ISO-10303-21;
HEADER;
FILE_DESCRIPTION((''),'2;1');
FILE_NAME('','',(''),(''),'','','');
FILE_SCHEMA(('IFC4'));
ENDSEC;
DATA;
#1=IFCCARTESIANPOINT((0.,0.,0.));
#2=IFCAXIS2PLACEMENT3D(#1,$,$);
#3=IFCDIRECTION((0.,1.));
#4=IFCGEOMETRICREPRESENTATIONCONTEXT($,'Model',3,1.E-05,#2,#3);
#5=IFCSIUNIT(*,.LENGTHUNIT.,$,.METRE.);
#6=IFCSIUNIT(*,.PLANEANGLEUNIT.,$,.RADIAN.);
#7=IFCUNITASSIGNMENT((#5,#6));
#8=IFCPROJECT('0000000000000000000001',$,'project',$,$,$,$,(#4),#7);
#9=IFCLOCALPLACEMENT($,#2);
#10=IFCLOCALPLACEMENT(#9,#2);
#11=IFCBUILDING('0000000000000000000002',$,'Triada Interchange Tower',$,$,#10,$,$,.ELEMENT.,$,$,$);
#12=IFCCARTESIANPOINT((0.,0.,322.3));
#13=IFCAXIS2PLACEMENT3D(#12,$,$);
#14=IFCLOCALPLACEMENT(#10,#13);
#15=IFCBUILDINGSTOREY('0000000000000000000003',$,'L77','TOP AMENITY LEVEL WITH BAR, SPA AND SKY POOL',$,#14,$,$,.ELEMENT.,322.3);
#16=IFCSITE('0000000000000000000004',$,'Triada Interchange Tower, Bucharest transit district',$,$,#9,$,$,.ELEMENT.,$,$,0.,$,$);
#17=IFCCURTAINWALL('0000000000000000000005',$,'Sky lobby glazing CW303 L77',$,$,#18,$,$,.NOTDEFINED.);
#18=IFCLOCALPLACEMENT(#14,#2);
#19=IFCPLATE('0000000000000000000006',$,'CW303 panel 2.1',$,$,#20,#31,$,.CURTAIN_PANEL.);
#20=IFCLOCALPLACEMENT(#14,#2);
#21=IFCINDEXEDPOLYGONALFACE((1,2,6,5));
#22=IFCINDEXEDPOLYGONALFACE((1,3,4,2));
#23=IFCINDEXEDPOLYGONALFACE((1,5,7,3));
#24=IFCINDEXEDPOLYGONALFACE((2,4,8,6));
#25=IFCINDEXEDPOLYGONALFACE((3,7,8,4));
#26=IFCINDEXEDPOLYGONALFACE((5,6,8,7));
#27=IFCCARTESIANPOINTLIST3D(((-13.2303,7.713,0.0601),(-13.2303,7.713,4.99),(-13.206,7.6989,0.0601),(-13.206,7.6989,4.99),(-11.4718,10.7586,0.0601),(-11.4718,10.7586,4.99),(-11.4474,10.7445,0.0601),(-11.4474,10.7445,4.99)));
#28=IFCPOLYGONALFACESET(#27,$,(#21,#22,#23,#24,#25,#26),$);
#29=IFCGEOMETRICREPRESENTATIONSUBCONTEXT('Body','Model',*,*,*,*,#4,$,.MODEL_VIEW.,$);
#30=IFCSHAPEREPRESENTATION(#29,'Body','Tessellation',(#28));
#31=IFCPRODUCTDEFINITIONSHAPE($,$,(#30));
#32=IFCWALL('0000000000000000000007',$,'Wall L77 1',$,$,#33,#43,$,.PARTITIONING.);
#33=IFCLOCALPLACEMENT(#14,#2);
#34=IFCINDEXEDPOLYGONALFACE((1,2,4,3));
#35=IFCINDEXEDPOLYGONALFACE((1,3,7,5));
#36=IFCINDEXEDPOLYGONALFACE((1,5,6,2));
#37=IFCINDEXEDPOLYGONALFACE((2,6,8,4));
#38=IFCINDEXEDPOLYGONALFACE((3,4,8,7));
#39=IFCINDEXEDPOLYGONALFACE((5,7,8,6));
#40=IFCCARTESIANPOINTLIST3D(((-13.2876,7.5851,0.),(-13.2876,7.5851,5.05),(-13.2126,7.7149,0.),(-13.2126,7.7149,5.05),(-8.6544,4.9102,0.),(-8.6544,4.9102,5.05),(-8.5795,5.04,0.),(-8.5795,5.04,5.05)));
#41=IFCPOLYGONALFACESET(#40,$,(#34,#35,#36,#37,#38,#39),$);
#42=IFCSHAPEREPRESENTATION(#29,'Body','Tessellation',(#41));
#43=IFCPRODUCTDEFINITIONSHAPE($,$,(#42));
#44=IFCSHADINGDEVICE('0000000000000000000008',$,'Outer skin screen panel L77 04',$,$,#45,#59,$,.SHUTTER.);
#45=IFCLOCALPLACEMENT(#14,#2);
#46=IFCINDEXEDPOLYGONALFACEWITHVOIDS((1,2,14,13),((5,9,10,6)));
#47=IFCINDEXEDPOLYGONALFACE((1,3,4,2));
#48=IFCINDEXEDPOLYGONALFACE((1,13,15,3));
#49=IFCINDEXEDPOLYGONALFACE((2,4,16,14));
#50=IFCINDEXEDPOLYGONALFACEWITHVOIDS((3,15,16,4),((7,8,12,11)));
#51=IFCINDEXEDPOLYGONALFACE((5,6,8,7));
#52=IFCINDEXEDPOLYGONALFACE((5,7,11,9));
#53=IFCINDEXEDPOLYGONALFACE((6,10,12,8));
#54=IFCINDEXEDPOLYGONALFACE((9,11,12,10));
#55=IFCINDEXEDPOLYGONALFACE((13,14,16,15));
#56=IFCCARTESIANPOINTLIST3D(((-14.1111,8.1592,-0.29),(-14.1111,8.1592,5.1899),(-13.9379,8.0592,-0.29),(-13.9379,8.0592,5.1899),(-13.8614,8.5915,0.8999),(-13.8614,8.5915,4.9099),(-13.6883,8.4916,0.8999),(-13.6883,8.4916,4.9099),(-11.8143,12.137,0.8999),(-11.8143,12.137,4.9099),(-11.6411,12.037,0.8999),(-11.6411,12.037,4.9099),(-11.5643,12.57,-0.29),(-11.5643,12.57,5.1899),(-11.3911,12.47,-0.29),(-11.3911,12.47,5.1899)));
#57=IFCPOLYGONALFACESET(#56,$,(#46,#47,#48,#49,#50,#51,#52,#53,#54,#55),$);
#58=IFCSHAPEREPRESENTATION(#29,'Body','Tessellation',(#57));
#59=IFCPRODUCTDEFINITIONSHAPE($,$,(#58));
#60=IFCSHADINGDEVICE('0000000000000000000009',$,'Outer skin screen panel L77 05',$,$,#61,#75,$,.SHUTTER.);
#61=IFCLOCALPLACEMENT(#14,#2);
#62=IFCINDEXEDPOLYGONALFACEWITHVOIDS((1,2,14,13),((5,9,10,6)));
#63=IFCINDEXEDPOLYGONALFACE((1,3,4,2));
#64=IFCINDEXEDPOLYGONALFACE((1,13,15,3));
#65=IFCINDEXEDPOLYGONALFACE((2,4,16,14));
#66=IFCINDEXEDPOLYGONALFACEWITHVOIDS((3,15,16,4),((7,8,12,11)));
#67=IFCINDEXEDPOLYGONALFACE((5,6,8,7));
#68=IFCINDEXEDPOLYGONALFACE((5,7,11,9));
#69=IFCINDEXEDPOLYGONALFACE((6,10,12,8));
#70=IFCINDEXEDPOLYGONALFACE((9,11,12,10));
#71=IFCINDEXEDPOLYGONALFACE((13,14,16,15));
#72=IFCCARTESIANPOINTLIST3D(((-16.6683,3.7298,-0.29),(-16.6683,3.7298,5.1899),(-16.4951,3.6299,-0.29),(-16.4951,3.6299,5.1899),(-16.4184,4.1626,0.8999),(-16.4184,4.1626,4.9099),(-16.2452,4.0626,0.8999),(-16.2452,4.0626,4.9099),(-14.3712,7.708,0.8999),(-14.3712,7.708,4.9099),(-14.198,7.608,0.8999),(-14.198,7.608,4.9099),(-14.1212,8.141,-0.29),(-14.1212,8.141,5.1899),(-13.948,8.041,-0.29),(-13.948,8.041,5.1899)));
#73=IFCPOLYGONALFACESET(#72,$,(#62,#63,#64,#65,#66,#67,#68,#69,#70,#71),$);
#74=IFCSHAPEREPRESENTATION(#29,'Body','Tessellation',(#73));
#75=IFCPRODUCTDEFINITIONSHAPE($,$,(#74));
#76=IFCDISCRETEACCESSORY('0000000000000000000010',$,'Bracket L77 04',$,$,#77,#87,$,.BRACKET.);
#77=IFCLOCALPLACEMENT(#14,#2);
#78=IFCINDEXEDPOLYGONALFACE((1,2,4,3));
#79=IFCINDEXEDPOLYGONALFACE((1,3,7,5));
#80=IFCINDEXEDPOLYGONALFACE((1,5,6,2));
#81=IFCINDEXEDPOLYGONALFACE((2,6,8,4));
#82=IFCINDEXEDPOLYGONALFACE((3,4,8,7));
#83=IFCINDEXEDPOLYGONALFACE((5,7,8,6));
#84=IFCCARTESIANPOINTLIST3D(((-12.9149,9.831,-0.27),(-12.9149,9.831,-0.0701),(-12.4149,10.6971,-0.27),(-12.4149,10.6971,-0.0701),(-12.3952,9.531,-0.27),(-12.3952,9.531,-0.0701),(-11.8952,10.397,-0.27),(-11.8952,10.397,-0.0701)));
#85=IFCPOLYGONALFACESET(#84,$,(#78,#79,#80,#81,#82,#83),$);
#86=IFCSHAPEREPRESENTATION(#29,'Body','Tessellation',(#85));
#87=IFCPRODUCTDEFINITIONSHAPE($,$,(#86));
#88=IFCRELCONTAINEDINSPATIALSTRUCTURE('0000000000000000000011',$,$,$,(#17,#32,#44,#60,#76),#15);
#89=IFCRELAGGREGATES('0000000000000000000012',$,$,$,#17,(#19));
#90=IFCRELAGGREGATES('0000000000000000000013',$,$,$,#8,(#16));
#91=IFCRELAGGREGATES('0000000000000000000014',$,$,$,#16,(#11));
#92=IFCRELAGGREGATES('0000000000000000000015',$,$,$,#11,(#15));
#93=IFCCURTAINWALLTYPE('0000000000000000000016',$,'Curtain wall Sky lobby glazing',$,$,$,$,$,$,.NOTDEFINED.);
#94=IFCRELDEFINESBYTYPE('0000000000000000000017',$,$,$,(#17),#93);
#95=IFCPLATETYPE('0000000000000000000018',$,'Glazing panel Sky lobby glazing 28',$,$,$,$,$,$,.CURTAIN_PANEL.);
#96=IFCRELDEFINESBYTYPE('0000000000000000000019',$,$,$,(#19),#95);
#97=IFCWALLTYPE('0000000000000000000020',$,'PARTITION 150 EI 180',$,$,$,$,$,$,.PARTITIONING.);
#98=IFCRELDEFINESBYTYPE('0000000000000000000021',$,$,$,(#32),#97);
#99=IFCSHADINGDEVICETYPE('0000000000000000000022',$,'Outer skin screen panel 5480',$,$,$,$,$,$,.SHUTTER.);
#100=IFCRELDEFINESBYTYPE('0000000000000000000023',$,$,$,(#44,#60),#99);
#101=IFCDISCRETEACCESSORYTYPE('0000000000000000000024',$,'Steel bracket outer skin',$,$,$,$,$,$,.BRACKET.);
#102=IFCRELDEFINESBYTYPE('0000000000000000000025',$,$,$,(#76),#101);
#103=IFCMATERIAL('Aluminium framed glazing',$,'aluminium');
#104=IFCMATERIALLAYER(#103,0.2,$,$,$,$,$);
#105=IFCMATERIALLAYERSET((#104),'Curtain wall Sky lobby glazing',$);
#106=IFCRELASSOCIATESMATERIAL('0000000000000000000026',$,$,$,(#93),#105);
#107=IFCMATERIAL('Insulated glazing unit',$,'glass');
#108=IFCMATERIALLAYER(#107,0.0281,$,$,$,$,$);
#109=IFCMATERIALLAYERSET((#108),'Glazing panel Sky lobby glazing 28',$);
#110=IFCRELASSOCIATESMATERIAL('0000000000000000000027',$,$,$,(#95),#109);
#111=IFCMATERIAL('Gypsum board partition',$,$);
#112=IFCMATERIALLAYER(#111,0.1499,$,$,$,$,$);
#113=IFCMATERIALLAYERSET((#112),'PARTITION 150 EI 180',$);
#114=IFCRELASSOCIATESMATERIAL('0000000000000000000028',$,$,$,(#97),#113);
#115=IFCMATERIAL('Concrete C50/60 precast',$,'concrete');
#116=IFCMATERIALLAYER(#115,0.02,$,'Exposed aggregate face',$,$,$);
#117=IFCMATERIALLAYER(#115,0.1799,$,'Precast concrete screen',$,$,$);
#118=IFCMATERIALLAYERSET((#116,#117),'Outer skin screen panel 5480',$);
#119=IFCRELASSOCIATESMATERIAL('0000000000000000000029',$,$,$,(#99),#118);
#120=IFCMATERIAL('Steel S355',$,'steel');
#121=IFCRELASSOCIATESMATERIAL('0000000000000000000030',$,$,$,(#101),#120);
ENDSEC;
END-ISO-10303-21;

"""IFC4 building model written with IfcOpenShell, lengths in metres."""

from ifc_helpers import new_model, si_unit, direction, frame, frame_2d, origin, origin_2d, place, context, subcontext, project, spatial, polyline, rectangle, outline, extrude, material, layer, layer_set, type_object, element, aggregate, save


model = new_model("IFC4")

# Units and contexts
model_context = context("Model", 3, precision=1e-05, world=origin(), true_north=direction((0.0, 1.0)))
body_context = subcontext(model_context, "Body", "Model", "MODEL_VIEW")
ifc_project = project(units=[si_unit("LENGTHUNIT", "METRE"), si_unit("PLANEANGLEUNIT", "RADIAN")], contexts=[model_context])

# Site, building, storey
site_placement = place(None, origin())
site = spatial("IfcSite", under=ifc_project, at=site_placement, Name="Triada Interchange Tower, Bucharest transit district", CompositionType="ELEMENT", RefElevation=0.0)
building_placement = place(site_placement, origin())
building = spatial("IfcBuilding", under=site, at=building_placement, Name="Triada Interchange Tower", CompositionType="ELEMENT")
storey_placement = place(building_placement, frame((0.0, 0.0, 322.3)))
storey = spatial("IfcBuildingStorey", under=building, at=storey_placement, Name="L77", Description="TOP AMENITY LEVEL WITH BAR, SPA AND SKY POOL", CompositionType="ELEMENT", Elevation=322.3)

# Curtain wall
ifc_material_1 = material(Name="Aluminium framed glazing", Category="aluminium")
ifc_layer_1 = layer(ifc_material_1, 0.2)
ifc_layer_set_1 = layer_set([ifc_layer_1], Name="Curtain wall Sky lobby glazing")
curtain_wall_type = type_object("IfcCurtainWallType", Name="Curtain wall Sky lobby glazing", PredefinedType="NOTDEFINED", material=ifc_layer_set_1)
curtain_wall_1_placement = place(storey_placement, origin())
curtain_wall_1 = element("IfcCurtainWall", 1, at=curtain_wall_1_placement, inside=storey, type_object=curtain_wall_type, Name="Sky lobby glazing CW303 L77", PredefinedType="NOTDEFINED")

# Plate
ifc_material_2 = material(Name="Insulated glazing unit", Category="glass")
ifc_layer_2 = layer(ifc_material_2, 0.0281)
ifc_layer_set_2 = layer_set([ifc_layer_2], Name="Glazing panel Sky lobby glazing 28")
plate_type = type_object("IfcPlateType", Name="Glazing panel Sky lobby glazing 28", PredefinedType="CURTAIN_PANEL", material=ifc_layer_set_2)
plate_1_placement = place(storey_placement, frame((-12.3389, 9.2288, 0.0601), z_axis=(0.0, 0.0, 1.0), x_axis=(-0.50003, -0.866008, 0.0)))
plate_1 = element("IfcPlate", 2, at=plate_1_placement, type_object=plate_type, Name="CW303 panel 2.1", PredefinedType="CURTAIN_PANEL", context=body_context, shape_type="SweptSolid", body=[
    extrude(rectangle(XDim=3.5168, YDim=0.0281, at=origin_2d()), origin(), (0.0, 0.0, 1.0), 4.9299),
])
aggregate(curtain_wall_1, [plate_1])

# Wall
ifc_material_3 = material(Name="Gypsum board partition")
ifc_layer_3 = layer(ifc_material_3, 0.1499)
ifc_layer_set_3 = layer_set([ifc_layer_3], Name="PARTITION 150 EI 180")
wall_type = type_object("IfcWallType", Name="PARTITION 150 EI 180", PredefinedType="PARTITIONING", material=ifc_layer_set_3)
wall_placement = place(storey_placement, frame((-13.25, 7.6499, 0.0), z_axis=(0.0, 0.0, 1.0), x_axis=(0.866033, -0.499987, 0.0)))
element("IfcWall", 3, at=wall_placement, inside=storey, type_object=wall_type, Name="Wall L77 1", PredefinedType="PARTITIONING", context=body_context, shape_type="SweptSolid", body=[
    extrude(rectangle(XDim=5.3499, YDim=0.1499, at=frame_2d((2.6748, 0.0))), origin(), (0.0, 0.0, 1.0), 5.05),
])

# Shading devices
ifc_material_4 = material(Name="Concrete C50/60 precast", Category="concrete")
ifc_layer_4 = layer(ifc_material_4, 0.02, Name="Exposed aggregate face")
ifc_layer_5 = layer(ifc_material_4, 0.1799, Name="Precast concrete screen")
ifc_layer_set_4 = layer_set([ifc_layer_4, ifc_layer_5], Name="Outer skin screen panel 5480")
shading_device_type = type_object("IfcShadingDeviceType", Name="Outer skin screen panel 5480", PredefinedType="SHUTTER", material=ifc_layer_set_4)
shading_device_1_placement = place(storey_placement, frame((-11.3911, 12.47, -0.29), z_axis=(0.0, 0.0, 1.0), x_axis=(-0.500036, -0.866004, 0.0)))
element("IfcShadingDevice", 4, at=shading_device_1_placement, inside=storey, type_object=shading_device_type, Name="Outer skin screen panel L77 04", PredefinedType="SHUTTER", context=body_context, shape_type="SweptSolid", body=[
    extrude(outline(polyline([(0.0, 0.0), (5.0933, 0.0), (5.0933, 5.48), (0.0, 5.48), (0.0, 0.0)]), holes=[polyline([(0.5, 1.1899), (0.5, 5.2), (4.594, 5.2), (4.594, 1.1899), (0.5, 1.1899)])]), frame((0.0, 0.0, 0.0), z_axis=(0.0, -1.0, 0.0), x_axis=(1.0, 0.0, 0.0)), (0.0, 0.0, 1.0), 0.2),
])
shading_device_2_placement = place(storey_placement, frame((-13.948, 8.041, -0.29), z_axis=(0.0, 0.0, 1.0), x_axis=(-0.500052, -0.865996, 0.0)))
element("IfcShadingDevice", 5, at=shading_device_2_placement, inside=storey, type_object=shading_device_type, Name="Outer skin screen panel L77 05", PredefinedType="SHUTTER", context=body_context, shape_type="SweptSolid", body=[
    extrude(outline(polyline([(0.0, 0.0), (5.0938, 0.0), (5.0938, 5.48), (0.0, 5.48), (0.0, 0.0)]), holes=[polyline([(0.5, 1.1899), (0.5, 5.2), (4.594, 5.2), (4.594, 1.1899), (0.5, 1.1899)])]), frame((0.0, 0.0, 0.0), z_axis=(0.0, -1.0, 0.0), x_axis=(1.0, 0.0, 0.0)), (0.0, 0.0, 1.0), 0.2),
])

# Discrete accessory
ifc_material_5 = material(Name="Steel S355", Category="steel")
discrete_accessory_type = type_object("IfcDiscreteAccessoryType", Name="Steel bracket outer skin", PredefinedType="BRACKET", material=ifc_material_5)
discrete_accessory_placement = place(storey_placement, frame((-12.405, 10.114, -0.27), z_axis=(0.0, 0.0, 1.0), x_axis=(-0.866019, 0.500011, 0.0)))
element("IfcDiscreteAccessory", 6, at=discrete_accessory_placement, inside=storey, type_object=discrete_accessory_type, Name="Bracket L77 04", PredefinedType="BRACKET", context=body_context, shape_type="SweptSolid", body=[
    extrude(rectangle(XDim=0.6001, YDim=1.0, at=origin_2d()), origin(), (0.0, 0.0, 1.0), 0.2),
])

save(model, "model.ifc")
